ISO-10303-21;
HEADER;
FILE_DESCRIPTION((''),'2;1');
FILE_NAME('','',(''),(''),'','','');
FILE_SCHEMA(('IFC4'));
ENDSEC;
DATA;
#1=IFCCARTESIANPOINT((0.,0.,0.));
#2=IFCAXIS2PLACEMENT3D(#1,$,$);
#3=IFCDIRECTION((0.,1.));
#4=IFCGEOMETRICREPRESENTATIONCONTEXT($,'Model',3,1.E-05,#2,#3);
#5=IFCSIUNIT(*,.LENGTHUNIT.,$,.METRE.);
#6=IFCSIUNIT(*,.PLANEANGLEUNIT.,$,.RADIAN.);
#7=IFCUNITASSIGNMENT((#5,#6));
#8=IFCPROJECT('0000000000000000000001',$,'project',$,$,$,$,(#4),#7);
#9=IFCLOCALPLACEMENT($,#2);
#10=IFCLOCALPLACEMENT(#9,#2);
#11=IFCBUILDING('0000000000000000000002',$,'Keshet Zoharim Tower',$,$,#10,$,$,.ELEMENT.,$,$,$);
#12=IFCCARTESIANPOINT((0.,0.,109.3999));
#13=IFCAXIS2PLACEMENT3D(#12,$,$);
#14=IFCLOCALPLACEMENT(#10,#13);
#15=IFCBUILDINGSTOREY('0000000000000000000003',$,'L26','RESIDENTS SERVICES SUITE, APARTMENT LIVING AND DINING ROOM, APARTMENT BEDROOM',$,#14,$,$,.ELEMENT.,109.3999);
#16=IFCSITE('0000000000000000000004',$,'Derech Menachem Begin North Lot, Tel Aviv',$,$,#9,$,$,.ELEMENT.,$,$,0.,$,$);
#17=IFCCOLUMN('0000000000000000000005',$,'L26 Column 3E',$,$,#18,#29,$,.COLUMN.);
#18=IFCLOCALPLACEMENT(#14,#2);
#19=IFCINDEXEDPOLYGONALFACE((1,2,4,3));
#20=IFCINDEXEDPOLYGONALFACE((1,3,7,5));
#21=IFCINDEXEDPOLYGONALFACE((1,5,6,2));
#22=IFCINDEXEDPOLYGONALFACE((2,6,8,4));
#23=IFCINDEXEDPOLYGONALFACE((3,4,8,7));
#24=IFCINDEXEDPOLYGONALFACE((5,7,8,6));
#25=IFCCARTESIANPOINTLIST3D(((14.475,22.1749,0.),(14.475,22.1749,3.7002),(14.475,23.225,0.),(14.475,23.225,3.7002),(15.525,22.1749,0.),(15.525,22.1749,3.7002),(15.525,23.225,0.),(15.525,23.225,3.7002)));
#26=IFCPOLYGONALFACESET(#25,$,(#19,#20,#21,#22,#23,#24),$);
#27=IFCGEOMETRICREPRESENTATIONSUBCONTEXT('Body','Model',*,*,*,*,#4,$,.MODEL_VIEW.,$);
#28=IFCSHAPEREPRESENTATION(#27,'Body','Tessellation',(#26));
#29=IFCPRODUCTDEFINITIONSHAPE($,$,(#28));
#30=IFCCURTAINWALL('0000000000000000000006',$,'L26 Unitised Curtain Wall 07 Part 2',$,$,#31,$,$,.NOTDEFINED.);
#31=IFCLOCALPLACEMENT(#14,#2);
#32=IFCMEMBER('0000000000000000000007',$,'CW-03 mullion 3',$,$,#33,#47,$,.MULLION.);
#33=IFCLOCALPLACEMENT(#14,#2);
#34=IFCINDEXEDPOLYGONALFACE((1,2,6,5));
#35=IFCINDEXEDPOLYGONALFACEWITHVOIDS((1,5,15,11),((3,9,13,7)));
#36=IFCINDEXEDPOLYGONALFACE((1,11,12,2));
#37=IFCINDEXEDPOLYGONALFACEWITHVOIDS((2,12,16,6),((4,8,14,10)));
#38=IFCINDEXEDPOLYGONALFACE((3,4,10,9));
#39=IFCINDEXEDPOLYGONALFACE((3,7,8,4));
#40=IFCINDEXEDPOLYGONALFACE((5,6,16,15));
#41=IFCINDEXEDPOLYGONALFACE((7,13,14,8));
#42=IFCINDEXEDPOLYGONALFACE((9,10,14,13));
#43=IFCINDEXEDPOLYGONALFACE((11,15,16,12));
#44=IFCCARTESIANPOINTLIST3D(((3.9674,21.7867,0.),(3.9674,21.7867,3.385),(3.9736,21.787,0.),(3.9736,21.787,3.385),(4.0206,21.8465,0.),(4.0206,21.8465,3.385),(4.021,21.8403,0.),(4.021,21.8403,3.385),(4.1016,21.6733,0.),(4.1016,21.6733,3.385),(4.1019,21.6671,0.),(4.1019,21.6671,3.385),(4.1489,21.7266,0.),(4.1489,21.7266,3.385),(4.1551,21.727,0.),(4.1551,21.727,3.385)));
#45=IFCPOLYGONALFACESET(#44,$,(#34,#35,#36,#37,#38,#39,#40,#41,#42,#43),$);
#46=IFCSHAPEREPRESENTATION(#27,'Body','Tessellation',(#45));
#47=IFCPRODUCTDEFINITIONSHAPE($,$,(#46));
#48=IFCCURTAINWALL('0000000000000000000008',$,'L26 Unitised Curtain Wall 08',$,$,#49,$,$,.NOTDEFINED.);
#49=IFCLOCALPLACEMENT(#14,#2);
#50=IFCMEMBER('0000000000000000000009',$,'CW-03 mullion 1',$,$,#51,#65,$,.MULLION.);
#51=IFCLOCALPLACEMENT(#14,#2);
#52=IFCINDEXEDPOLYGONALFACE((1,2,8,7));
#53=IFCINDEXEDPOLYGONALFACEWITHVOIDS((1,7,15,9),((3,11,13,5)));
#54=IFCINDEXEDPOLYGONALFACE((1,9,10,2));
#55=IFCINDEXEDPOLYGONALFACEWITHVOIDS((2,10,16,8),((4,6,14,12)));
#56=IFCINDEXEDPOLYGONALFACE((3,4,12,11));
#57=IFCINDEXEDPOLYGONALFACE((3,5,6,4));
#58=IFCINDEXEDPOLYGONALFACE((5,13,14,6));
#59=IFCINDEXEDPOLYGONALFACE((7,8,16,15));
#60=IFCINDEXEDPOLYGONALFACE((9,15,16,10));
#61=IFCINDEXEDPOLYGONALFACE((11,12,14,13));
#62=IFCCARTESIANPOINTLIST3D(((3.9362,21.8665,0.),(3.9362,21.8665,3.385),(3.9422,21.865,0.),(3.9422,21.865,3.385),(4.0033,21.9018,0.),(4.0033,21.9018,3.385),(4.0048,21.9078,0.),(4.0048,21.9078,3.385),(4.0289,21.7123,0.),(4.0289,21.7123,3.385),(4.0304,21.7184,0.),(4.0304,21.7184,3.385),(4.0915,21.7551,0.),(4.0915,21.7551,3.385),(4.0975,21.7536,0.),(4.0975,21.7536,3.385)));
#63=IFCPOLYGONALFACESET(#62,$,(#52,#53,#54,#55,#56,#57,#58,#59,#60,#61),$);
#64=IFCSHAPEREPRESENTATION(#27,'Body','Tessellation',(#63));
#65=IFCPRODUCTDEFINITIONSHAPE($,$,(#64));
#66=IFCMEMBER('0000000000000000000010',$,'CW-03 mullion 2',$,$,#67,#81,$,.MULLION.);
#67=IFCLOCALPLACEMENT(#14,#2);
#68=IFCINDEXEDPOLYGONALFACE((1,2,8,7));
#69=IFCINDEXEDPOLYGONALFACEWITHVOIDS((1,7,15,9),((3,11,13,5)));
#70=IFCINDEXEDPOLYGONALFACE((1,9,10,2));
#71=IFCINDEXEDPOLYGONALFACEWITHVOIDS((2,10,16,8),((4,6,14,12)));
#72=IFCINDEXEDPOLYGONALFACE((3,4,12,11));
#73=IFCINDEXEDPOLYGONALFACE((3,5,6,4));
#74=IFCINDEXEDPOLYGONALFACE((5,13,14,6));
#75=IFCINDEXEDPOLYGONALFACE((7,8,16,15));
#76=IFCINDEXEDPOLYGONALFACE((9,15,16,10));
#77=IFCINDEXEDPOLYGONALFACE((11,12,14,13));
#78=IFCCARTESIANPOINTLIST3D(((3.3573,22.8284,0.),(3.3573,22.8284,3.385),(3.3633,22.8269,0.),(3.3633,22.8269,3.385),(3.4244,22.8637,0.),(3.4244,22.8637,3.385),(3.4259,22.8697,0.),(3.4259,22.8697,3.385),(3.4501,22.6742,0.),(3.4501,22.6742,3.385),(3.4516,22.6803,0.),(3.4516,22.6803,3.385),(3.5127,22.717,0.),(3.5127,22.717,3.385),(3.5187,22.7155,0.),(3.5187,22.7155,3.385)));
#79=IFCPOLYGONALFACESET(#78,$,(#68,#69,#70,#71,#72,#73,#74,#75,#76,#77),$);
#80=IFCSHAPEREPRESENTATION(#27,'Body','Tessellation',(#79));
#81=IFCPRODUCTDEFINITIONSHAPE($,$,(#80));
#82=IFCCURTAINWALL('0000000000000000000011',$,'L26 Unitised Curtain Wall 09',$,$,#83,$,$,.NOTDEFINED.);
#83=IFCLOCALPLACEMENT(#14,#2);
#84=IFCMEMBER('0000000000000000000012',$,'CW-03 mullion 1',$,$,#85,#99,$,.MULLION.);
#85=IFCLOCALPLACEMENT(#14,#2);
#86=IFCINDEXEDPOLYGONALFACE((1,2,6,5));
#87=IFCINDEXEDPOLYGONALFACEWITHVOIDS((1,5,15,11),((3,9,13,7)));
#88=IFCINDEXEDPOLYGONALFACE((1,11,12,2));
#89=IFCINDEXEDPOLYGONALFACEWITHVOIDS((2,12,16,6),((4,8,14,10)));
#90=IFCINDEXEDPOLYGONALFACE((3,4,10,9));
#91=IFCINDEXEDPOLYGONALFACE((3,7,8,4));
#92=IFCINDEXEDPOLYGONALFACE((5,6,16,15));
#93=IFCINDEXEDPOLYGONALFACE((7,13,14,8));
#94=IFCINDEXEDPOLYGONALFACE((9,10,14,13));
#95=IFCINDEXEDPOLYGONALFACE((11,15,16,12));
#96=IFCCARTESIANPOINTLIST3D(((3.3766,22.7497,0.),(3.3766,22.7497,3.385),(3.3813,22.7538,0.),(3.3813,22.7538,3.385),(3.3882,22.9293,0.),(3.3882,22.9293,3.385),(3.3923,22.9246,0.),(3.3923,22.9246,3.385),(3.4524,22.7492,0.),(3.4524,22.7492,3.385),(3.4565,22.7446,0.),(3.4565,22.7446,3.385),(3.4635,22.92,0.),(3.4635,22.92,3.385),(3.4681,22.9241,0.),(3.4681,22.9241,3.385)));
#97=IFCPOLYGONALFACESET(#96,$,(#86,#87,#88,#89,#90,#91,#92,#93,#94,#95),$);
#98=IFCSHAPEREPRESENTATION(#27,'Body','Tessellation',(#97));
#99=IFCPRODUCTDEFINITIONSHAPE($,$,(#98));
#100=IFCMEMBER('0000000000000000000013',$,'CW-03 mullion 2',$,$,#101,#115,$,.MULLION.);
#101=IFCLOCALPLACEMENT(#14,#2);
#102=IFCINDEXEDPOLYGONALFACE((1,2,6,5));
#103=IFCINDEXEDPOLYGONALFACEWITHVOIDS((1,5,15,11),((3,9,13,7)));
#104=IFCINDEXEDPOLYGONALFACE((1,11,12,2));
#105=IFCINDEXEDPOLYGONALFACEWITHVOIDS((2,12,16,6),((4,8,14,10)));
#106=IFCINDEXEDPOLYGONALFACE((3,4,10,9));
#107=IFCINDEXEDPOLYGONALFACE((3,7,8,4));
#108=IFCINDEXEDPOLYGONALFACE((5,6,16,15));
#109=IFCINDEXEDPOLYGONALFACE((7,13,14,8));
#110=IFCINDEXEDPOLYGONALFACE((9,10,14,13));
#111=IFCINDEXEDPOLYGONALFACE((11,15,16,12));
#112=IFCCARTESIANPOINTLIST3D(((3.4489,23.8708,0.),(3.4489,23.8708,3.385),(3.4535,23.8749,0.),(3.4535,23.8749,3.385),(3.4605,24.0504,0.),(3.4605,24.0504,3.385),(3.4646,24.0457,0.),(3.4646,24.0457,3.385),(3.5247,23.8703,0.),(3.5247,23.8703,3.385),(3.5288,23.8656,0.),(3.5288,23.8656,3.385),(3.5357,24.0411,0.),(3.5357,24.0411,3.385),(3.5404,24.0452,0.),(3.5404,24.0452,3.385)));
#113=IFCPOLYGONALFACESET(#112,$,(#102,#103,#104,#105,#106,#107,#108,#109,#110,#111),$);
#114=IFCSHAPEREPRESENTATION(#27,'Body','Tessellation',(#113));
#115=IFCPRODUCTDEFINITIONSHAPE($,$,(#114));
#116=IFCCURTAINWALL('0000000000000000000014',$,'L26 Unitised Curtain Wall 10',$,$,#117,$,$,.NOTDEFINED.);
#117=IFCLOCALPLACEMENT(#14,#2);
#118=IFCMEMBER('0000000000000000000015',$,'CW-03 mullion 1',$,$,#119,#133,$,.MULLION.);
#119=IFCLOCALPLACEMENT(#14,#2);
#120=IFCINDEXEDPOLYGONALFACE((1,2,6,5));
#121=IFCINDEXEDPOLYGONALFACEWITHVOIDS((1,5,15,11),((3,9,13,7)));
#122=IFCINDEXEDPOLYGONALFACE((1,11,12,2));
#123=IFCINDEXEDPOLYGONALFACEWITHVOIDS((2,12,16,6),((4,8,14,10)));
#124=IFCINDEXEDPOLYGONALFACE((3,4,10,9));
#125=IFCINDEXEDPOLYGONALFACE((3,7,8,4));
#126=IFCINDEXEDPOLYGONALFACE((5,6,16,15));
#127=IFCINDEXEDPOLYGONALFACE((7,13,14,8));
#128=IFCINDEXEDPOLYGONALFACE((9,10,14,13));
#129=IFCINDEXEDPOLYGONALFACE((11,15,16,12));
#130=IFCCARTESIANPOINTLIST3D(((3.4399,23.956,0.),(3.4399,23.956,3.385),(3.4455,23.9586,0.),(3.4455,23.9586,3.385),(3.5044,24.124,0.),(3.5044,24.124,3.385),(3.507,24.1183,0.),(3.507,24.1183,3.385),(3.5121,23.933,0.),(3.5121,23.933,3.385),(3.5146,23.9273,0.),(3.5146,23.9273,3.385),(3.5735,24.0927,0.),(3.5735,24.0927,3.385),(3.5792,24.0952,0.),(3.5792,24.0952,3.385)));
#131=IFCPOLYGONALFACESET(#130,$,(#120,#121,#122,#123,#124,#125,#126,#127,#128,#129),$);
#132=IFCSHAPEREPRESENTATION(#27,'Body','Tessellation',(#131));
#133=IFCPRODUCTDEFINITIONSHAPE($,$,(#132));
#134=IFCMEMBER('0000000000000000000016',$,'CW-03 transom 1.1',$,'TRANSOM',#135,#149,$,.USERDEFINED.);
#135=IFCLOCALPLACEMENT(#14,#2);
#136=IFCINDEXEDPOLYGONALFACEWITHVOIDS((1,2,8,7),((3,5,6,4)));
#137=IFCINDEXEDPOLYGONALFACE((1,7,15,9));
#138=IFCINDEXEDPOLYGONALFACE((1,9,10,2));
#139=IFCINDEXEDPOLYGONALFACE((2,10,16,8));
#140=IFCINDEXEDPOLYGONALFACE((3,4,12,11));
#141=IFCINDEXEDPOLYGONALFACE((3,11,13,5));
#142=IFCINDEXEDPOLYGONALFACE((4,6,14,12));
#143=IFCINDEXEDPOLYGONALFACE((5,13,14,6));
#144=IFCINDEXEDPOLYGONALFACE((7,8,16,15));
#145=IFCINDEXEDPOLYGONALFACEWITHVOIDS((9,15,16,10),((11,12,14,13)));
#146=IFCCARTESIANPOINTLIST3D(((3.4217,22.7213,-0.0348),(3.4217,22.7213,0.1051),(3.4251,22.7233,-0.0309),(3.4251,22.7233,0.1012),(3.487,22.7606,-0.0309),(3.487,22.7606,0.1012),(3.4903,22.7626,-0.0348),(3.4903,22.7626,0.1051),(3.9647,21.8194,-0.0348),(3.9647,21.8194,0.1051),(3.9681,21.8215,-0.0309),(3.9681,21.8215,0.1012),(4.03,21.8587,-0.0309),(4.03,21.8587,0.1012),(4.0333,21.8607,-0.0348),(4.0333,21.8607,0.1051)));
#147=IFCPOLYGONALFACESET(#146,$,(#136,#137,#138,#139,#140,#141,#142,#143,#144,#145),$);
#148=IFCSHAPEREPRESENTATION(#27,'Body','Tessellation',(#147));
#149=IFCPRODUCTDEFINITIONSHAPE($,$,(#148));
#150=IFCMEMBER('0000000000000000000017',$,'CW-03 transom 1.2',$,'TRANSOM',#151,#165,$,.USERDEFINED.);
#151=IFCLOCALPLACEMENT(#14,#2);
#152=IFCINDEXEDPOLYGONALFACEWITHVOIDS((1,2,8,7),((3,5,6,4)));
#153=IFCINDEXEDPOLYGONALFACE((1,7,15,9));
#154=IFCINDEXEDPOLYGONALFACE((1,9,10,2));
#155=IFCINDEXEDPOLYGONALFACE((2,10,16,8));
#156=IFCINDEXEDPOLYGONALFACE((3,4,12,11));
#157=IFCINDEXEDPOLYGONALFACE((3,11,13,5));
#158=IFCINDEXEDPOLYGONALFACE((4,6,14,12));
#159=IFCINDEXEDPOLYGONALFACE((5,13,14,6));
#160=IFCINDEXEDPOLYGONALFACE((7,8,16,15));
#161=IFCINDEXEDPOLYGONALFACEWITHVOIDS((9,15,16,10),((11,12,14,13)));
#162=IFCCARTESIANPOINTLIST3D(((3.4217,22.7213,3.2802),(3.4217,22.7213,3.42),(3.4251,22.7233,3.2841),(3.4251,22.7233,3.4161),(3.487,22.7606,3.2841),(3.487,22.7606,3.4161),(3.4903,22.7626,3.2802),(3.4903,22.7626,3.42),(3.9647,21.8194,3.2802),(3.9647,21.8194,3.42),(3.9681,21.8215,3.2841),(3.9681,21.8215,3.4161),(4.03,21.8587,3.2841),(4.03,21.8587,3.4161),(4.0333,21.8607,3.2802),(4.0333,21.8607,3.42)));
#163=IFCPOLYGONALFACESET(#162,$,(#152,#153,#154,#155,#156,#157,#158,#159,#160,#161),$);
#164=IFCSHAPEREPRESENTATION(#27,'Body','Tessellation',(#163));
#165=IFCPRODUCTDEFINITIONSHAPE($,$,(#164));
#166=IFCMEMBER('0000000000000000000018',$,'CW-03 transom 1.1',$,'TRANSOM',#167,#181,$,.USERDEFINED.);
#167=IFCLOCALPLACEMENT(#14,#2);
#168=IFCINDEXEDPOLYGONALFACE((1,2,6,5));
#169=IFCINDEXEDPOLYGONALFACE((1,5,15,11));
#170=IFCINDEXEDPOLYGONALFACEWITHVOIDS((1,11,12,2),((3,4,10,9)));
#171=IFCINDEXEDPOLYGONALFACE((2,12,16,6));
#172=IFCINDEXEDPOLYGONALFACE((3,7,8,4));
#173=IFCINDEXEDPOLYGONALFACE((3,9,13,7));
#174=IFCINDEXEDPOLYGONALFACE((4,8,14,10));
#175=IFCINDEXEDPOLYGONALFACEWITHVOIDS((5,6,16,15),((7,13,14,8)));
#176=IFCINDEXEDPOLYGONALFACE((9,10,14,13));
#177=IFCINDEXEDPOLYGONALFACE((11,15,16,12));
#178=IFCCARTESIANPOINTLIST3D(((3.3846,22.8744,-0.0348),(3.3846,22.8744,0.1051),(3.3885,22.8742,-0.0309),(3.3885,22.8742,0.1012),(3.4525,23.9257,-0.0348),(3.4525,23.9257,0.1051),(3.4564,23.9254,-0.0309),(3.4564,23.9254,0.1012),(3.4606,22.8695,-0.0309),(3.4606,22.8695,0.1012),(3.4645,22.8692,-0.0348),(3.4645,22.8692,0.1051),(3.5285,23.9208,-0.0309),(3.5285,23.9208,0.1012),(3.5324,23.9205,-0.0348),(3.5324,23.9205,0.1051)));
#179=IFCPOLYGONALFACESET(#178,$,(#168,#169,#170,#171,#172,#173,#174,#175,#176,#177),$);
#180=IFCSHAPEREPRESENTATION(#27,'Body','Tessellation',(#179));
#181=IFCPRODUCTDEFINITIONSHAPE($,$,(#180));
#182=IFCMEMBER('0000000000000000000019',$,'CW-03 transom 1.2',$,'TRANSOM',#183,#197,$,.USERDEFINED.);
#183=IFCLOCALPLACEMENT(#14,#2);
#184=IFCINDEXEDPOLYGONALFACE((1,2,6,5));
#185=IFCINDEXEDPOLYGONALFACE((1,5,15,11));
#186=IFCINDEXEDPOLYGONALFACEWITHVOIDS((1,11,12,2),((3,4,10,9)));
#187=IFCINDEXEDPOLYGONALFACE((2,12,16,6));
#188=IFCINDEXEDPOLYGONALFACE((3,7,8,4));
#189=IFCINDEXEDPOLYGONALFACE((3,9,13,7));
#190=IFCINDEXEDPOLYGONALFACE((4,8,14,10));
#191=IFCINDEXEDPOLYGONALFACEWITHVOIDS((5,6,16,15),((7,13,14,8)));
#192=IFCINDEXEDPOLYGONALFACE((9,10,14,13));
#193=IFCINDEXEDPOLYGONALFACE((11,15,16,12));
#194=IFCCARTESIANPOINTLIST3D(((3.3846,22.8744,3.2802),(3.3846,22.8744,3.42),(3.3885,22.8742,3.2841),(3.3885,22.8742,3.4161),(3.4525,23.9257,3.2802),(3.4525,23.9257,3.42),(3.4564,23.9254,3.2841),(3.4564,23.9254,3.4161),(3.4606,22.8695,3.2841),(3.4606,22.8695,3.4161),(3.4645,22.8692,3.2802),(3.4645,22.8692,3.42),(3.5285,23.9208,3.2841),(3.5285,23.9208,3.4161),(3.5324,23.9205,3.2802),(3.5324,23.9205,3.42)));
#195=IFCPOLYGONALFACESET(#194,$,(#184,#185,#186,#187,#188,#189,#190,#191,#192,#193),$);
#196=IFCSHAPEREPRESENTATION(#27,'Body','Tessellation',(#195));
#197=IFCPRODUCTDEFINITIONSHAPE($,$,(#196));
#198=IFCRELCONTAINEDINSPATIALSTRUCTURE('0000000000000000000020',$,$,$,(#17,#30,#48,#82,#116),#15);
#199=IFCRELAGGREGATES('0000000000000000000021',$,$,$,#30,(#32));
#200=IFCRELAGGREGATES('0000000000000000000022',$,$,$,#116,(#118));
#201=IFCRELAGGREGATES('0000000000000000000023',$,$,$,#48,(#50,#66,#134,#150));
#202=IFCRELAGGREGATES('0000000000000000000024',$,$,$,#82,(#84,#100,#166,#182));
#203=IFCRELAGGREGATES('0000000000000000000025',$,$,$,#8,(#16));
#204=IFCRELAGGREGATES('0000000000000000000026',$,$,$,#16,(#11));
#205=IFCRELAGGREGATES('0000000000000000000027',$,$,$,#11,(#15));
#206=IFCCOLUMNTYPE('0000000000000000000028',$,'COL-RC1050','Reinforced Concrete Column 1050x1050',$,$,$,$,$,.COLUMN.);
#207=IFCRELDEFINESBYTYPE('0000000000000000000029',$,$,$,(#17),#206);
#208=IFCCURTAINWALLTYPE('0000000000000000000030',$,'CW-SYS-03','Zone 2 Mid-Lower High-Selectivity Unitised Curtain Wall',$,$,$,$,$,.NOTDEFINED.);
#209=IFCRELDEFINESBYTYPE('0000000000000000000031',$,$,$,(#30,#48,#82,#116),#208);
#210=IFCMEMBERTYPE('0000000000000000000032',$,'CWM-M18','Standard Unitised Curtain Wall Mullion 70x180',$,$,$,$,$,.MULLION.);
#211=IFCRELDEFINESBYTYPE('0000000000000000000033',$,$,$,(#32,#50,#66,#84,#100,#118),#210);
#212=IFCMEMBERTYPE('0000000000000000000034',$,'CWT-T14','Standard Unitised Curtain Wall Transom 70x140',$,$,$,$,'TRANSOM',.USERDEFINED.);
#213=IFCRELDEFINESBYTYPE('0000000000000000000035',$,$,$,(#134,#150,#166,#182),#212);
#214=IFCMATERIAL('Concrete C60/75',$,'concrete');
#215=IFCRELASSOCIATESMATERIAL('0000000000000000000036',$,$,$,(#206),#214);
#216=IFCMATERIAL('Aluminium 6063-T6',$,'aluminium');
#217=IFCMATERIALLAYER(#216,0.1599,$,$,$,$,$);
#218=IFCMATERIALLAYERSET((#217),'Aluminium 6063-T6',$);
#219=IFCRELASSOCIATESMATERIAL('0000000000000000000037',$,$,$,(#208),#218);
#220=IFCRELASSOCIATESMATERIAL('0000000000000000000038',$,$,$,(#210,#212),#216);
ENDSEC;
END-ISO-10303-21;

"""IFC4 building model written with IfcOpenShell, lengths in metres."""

from ifc_helpers import new_model, si_unit, direction, frame, origin, origin_2d, place, context, subcontext, project, spatial, rectangle, hollow_rectangle, extrude, material, layer, layer_set, material_profile, profile_set, type_object, element, aggregate, save


model = new_model("IFC4")

# Units and contexts
model_context = context("Model", 3, precision=1e-05, world=origin(), true_north=direction((0.0, 1.0)))
body_context = subcontext(model_context, "Body", "Model", "MODEL_VIEW")
ifc_project = project(units=[si_unit("LENGTHUNIT", "METRE"), si_unit("PLANEANGLEUNIT", "RADIAN")], contexts=[model_context])

# Site, building, storey
site_placement = place(None, origin())
site = spatial("IfcSite", under=ifc_project, at=site_placement, Name="Derech Menachem Begin North Lot, Tel Aviv", CompositionType="ELEMENT", RefElevation=0.0)
building_placement = place(site_placement, origin())
building = spatial("IfcBuilding", under=site, at=building_placement, Name="Keshet Zoharim Tower", CompositionType="ELEMENT")
storey_placement = place(building_placement, frame((0.0, 0.0, 109.3999)))
storey = spatial("IfcBuildingStorey", under=building, at=storey_placement, Name="L26", Description="RESIDENTS SERVICES SUITE, APARTMENT LIVING AND DINING ROOM, APARTMENT BEDROOM", CompositionType="ELEMENT", Elevation=109.3999)

# Column
ifc_material_1 = material(Name="Concrete C60/75", Category="concrete")
ifc_material_profile_1 = material_profile(ifc_material_1, rectangle(XDim=1.05, YDim=1.05, at=origin_2d()), Name="RC1050x1050")
ifc_profile_set_1 = profile_set([ifc_material_profile_1], Name="Concrete C60/75")
column_type = type_object("IfcColumnType", Name="COL-RC1050", Description="Reinforced Concrete Column 1050x1050", PredefinedType="COLUMN", material=ifc_profile_set_1)
column_placement = place(storey_placement, frame((15.0, 22.7, 0.0), z_axis=(0.0, 0.0, 1.0), x_axis=(1.0, 0.0, 0.0)))
element("IfcColumn", 1, at=column_placement, inside=storey, type_object=column_type, Name="L26 Column 3E", PredefinedType="COLUMN", context=body_context, shape_type="SweptSolid", body=[
    extrude(rectangle(XDim=1.05, YDim=1.05, at=origin_2d()), origin(), (0.0, 0.0, 1.0), 3.7002),
])

# Curtain wall, member
ifc_material_2 = material(Name="Aluminium 6063-T6", Category="aluminium")
ifc_layer_1 = layer(ifc_material_2, 0.1599)
ifc_layer_set_1 = layer_set([ifc_layer_1], Name="Aluminium 6063-T6")
curtain_wall_type = type_object("IfcCurtainWallType", Name="CW-SYS-03", Description="Zone 2 Mid-Lower High-Selectivity Unitised Curtain Wall", PredefinedType="NOTDEFINED", material=ifc_layer_set_1)
curtain_wall_1_placement = place(storey_placement, origin())
curtain_wall_1 = element("IfcCurtainWall", 2, at=curtain_wall_1_placement, inside=storey, type_object=curtain_wall_type, Name="L26 Unitised Curtain Wall 07 Part 2", PredefinedType="NOTDEFINED")
ifc_material_profile_2 = material_profile(ifc_material_2, hollow_rectangle(XDim=0.0801, YDim=0.1799, WallThickness=0.0044, at=origin_2d()), Name="MUL-80x180")
ifc_profile_set_2 = profile_set([ifc_material_profile_2], Name="Aluminium 6063-T6")
member_type_1 = type_object("IfcMemberType", Name="CWM-M18", Description="Standard Unitised Curtain Wall Mullion 70x180", PredefinedType="MULLION", material=ifc_profile_set_2)
member_1_placement = place(storey_placement, frame((4.0613, 21.7568, 0.0), z_axis=(0.0, 0.0, 1.0), x_axis=(-0.664362, -0.747411, 0.0)))
member_1 = element("IfcMember", 3, at=member_1_placement, type_object=member_type_1, Name="CW-03 mullion 3", PredefinedType="MULLION", context=body_context, shape_type="SweptSolid", body=[
    extrude(hollow_rectangle(XDim=0.0801, YDim=0.1799, WallThickness=0.0044, at=origin_2d()), origin(), (0.0, 0.0, 1.0), 3.385),
])
aggregate(curtain_wall_1, [member_1])

# Curtain walls, members
curtain_wall_2_placement = place(storey_placement, origin())
curtain_wall_2 = element("IfcCurtainWall", 4, at=curtain_wall_2_placement, inside=storey, type_object=curtain_wall_type, Name="L26 Unitised Curtain Wall 08", PredefinedType="NOTDEFINED")
member_2_placement = place(storey_placement, frame((4.0168, 21.8101, 0.0), z_axis=(0.0, 0.0, 1.0), x_axis=(-0.856826, -0.515605, 0.0)))
member_2 = element("IfcMember", 5, at=member_2_placement, type_object=member_type_1, Name="CW-03 mullion 1", PredefinedType="MULLION", context=body_context, shape_type="SweptSolid", body=[
    extrude(hollow_rectangle(XDim=0.0801, YDim=0.1799, WallThickness=0.0044, at=origin_2d()), origin(), (0.0, 0.0, 1.0), 3.385),
])
member_3_placement = place(storey_placement, frame((3.438, 22.772, 0.0), z_axis=(0.0, 0.0, 1.0), x_axis=(-0.856826, -0.515605, 0.0)))
member_3 = element("IfcMember", 6, at=member_3_placement, type_object=member_type_1, Name="CW-03 mullion 2", PredefinedType="MULLION", context=body_context, shape_type="SweptSolid", body=[
    extrude(hollow_rectangle(XDim=0.0801, YDim=0.1799, WallThickness=0.0044, at=origin_2d()), origin(), (0.0, 0.0, 1.0), 3.385),
])
curtain_wall_3_placement = place(storey_placement, origin())
curtain_wall_3 = element("IfcCurtainWall", 7, at=curtain_wall_3_placement, inside=storey, type_object=curtain_wall_type, Name="L26 Unitised Curtain Wall 09", PredefinedType="NOTDEFINED")
member_4_placement = place(storey_placement, frame((3.4224, 22.8369, 0.0), z_axis=(0.0, 0.0, 1.0), x_axis=(-0.997917, 0.064517, 0.0)))
member_4 = element("IfcMember", 8, at=member_4_placement, type_object=member_type_1, Name="CW-03 mullion 1", PredefinedType="MULLION", context=body_context, shape_type="SweptSolid", body=[
    extrude(hollow_rectangle(XDim=0.0801, YDim=0.1799, WallThickness=0.0044, at=origin_2d()), origin(), (0.0, 0.0, 1.0), 3.385),
])
member_5_placement = place(storey_placement, frame((3.4946, 23.958, 0.0), z_axis=(0.0, 0.0, 1.0), x_axis=(-0.997917, 0.064517, 0.0)))
member_5 = element("IfcMember", 9, at=member_5_placement, type_object=member_type_1, Name="CW-03 mullion 2", PredefinedType="MULLION", context=body_context, shape_type="SweptSolid", body=[
    extrude(hollow_rectangle(XDim=0.0801, YDim=0.1799, WallThickness=0.0044, at=origin_2d()), origin(), (0.0, 0.0, 1.0), 3.385),
])

# Curtain wall, member
curtain_wall_4_placement = place(storey_placement, origin())
curtain_wall_4 = element("IfcCurtainWall", 10, at=curtain_wall_4_placement, inside=storey, type_object=curtain_wall_type, Name="L26 Unitised Curtain Wall 10", PredefinedType="NOTDEFINED")
member_6_placement = place(storey_placement, frame((3.5095, 24.0256, 0.0), z_axis=(0.0, 0.0, 1.0), x_axis=(-0.933341, 0.35899, 0.0)))
member_6 = element("IfcMember", 11, at=member_6_placement, type_object=member_type_1, Name="CW-03 mullion 1", PredefinedType="MULLION", context=body_context, shape_type="SweptSolid", body=[
    extrude(hollow_rectangle(XDim=0.0801, YDim=0.1799, WallThickness=0.0044, at=origin_2d()), origin(), (0.0, 0.0, 1.0), 3.385),
])

# Members
ifc_material_profile_3 = material_profile(ifc_material_2, hollow_rectangle(XDim=0.0801, YDim=0.1399, WallThickness=0.0039, at=origin_2d()), Name="TRN-80x140")
ifc_profile_set_3 = profile_set([ifc_material_profile_3], Name="Aluminium 6063-T6")
member_type_2 = type_object("IfcMemberType", Name="CWT-T14", Description="Standard Unitised Curtain Wall Transom 70x140", ElementType="TRANSOM", PredefinedType="USERDEFINED", material=ifc_profile_set_3)
member_7_placement = place(storey_placement, frame((3.999, 21.8401, 0.0352), z_axis=(-0.515791, 0.856714, 0.0), x_axis=(-0.856714, -0.515791, 0.0)))
member_7 = element("IfcMember", 12, at=member_7_placement, type_object=member_type_2, Name="CW-03 transom 1.1", ObjectType="TRANSOM", PredefinedType="USERDEFINED", context=body_context, shape_type="SweptSolid", body=[
    extrude(hollow_rectangle(XDim=0.0801, YDim=0.1399, WallThickness=0.0039, at=origin_2d()), origin(), (0.0, 0.0, 1.0), 1.0527),
])
member_8_placement = place(storey_placement, frame((3.999, 21.8401, 3.3501), z_axis=(-0.515791, 0.856714, 0.0), x_axis=(-0.856714, -0.515791, 0.0)))
member_8 = element("IfcMember", 13, at=member_8_placement, type_object=member_type_2, Name="CW-03 transom 1.2", ObjectType="TRANSOM", PredefinedType="USERDEFINED", context=body_context, shape_type="SweptSolid", body=[
    extrude(hollow_rectangle(XDim=0.0801, YDim=0.1399, WallThickness=0.0039, at=origin_2d()), origin(), (0.0, 0.0, 1.0), 1.0527),
])
member_9_placement = place(storey_placement, frame((3.4246, 22.8718, 0.0352), z_axis=(0.064427, 0.997922, 0.0), x_axis=(-0.997922, 0.064427, 0.0)))
member_9 = element("IfcMember", 14, at=member_9_placement, type_object=member_type_2, Name="CW-03 transom 1.1", ObjectType="TRANSOM", PredefinedType="USERDEFINED", context=body_context, shape_type="SweptSolid", body=[
    extrude(hollow_rectangle(XDim=0.0801, YDim=0.1399, WallThickness=0.0039, at=origin_2d()), origin(), (0.0, 0.0, 1.0), 1.0535),
])
member_10_placement = place(storey_placement, frame((3.4246, 22.8718, 3.3501), z_axis=(0.064427, 0.997922, 0.0), x_axis=(-0.997922, 0.064427, 0.0)))
member_10 = element("IfcMember", 15, at=member_10_placement, type_object=member_type_2, Name="CW-03 transom 1.2", ObjectType="TRANSOM", PredefinedType="USERDEFINED", context=body_context, shape_type="SweptSolid", body=[
    extrude(hollow_rectangle(XDim=0.0801, YDim=0.1399, WallThickness=0.0039, at=origin_2d()), origin(), (0.0, 0.0, 1.0), 1.0535),
])
aggregate(curtain_wall_4, [member_6])

aggregate(curtain_wall_2, [member_2, member_3, member_7, member_8])
aggregate(curtain_wall_3, [member_4, member_5, member_9, member_10])

save(model, "model.ifc")
